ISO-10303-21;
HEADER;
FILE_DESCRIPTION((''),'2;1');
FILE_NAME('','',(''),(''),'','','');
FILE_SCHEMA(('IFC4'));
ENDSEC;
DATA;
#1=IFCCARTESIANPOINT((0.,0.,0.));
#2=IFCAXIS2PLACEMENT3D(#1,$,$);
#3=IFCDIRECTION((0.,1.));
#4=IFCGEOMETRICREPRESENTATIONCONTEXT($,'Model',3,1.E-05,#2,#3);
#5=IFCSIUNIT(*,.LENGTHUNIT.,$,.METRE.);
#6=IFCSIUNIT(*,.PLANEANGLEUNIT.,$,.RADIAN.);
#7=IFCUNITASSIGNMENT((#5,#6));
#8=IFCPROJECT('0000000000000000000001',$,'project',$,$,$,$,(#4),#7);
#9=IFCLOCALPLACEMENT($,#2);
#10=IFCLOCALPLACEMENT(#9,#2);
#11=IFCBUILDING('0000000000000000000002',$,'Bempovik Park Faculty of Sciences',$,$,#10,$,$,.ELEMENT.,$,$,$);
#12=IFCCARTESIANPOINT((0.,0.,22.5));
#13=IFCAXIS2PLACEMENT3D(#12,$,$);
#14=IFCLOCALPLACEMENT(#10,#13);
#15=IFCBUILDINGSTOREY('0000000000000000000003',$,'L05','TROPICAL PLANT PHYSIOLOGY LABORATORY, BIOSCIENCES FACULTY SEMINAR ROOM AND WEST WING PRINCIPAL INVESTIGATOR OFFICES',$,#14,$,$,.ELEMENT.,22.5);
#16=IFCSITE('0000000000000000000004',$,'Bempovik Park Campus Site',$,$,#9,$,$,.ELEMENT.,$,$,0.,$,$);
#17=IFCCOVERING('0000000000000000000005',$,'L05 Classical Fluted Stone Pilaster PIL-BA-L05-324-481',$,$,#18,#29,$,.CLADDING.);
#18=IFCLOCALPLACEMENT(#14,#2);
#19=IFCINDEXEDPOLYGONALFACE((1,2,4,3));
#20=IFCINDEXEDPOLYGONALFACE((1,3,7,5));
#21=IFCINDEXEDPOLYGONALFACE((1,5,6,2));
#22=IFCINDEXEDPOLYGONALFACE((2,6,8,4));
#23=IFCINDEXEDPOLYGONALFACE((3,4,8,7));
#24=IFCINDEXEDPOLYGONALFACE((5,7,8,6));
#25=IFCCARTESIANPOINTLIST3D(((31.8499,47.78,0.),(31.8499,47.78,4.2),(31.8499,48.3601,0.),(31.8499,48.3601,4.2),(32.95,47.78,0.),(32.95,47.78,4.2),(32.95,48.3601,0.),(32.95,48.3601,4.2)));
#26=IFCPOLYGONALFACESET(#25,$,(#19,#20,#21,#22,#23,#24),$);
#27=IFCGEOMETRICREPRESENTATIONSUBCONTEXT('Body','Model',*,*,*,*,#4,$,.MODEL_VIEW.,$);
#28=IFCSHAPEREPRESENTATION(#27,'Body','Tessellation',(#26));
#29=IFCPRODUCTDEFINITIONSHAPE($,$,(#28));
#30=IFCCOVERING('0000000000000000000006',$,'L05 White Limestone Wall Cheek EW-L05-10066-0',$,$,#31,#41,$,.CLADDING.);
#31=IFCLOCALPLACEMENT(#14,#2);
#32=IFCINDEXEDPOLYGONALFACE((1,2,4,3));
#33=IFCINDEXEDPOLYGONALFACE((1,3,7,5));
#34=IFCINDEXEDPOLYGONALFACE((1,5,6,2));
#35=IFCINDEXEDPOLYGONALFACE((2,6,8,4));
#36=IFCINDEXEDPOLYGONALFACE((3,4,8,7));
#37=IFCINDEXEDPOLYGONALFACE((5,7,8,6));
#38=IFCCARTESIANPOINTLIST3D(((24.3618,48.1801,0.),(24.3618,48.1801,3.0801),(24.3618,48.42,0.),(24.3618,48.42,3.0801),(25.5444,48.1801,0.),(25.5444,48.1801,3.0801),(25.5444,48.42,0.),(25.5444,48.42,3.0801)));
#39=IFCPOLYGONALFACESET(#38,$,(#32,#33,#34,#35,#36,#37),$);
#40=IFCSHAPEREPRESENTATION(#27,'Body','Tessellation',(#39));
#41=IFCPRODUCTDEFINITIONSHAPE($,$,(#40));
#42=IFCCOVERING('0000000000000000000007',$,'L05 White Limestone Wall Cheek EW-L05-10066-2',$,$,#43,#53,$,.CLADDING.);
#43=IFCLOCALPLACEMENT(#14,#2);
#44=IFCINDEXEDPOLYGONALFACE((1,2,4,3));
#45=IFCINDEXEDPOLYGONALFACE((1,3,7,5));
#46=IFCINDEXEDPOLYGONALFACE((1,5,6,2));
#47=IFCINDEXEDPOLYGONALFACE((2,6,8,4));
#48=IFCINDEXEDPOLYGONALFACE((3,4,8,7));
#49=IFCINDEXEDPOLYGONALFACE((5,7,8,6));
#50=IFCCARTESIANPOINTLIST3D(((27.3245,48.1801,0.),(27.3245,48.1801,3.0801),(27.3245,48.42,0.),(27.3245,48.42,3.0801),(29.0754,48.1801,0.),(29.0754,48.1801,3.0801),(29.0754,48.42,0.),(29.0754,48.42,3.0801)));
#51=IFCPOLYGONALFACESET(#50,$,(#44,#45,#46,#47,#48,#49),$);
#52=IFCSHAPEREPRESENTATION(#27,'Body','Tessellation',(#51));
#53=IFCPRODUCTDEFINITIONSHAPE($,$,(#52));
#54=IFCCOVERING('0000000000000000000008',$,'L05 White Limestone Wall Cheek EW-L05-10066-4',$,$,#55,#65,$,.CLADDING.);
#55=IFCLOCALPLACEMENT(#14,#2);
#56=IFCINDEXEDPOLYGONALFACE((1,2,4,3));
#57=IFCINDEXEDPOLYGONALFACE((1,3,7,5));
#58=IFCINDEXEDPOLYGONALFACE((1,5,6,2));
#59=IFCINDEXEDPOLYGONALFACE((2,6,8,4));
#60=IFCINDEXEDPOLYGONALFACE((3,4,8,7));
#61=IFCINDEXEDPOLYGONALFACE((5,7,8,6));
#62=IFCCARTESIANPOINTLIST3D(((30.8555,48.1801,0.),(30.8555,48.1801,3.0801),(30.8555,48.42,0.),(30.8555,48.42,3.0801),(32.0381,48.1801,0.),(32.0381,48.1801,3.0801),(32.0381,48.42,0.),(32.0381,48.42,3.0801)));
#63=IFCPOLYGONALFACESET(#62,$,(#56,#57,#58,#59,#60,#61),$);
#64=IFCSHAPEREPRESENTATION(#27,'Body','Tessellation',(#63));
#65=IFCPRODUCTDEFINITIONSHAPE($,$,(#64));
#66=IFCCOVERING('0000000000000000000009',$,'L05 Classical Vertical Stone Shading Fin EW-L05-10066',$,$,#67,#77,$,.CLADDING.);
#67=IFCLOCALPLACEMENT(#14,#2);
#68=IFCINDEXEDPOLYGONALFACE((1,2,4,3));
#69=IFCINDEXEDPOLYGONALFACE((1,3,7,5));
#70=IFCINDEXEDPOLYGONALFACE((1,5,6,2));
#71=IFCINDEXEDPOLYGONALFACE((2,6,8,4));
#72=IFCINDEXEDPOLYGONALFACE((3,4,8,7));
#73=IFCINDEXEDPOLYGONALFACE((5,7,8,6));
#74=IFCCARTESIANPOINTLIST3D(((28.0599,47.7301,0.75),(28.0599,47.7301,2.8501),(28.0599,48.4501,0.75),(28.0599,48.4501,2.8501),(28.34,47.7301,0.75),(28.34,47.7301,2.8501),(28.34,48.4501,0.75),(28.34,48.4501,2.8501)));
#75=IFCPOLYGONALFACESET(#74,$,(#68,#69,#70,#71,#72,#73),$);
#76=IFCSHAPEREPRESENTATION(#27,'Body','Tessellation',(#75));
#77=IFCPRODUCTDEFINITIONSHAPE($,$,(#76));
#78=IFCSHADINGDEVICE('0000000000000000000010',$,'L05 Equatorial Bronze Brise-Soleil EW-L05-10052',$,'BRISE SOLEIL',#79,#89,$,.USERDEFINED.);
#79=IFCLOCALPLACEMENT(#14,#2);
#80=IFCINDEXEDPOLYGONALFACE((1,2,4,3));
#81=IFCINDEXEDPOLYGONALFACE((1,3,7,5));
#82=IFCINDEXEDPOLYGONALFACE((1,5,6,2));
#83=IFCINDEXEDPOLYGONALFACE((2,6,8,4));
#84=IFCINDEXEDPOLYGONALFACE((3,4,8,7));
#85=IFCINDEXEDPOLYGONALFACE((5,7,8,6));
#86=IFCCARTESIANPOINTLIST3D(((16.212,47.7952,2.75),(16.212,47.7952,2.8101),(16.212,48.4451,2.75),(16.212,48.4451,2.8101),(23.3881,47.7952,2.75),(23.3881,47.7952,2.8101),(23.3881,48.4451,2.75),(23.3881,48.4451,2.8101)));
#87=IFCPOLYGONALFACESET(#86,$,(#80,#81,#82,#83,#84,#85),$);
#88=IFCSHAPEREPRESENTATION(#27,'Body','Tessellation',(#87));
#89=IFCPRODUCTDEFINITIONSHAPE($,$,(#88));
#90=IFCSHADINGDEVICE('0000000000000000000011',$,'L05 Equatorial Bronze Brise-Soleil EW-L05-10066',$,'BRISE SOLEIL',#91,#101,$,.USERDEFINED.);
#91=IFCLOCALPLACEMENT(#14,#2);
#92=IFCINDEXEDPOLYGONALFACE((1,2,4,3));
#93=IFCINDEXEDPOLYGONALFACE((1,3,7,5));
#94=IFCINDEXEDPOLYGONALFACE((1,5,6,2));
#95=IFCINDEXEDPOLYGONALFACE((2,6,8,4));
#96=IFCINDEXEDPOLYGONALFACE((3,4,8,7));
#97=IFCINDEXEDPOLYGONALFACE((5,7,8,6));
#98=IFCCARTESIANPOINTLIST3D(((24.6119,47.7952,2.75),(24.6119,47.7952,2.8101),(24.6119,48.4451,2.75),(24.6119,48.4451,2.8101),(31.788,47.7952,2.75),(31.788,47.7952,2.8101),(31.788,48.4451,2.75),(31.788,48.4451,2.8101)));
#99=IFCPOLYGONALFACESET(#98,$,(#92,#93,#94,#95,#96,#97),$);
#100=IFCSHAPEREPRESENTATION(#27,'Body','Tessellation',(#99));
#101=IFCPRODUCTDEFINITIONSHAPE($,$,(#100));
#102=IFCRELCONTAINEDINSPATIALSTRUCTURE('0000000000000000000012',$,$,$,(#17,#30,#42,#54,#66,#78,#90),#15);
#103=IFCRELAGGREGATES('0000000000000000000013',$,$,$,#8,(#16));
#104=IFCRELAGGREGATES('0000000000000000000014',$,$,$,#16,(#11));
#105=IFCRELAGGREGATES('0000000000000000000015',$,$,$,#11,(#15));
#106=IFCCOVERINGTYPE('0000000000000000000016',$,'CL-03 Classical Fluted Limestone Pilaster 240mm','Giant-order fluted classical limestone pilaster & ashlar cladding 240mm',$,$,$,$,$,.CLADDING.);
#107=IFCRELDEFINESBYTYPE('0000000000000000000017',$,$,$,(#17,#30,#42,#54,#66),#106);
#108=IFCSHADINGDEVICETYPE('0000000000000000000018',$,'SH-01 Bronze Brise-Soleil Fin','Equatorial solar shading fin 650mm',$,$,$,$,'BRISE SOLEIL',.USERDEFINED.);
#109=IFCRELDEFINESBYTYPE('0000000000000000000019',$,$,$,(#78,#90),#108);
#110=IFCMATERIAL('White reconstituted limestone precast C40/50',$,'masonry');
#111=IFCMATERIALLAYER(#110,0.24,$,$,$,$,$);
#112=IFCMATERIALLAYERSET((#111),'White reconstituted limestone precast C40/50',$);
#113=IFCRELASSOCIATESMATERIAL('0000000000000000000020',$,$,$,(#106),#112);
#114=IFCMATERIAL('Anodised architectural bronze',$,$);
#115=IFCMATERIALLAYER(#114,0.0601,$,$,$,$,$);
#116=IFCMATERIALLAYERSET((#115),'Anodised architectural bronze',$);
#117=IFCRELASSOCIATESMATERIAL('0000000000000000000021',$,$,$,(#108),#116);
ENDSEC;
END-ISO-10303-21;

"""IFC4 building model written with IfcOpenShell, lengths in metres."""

from ifc_helpers import new_model, si_unit, direction, frame, origin, origin_2d, place, context, subcontext, project, spatial, rectangle, extrude, material, layer, layer_set, type_object, element, save


model = new_model("IFC4")

# Units and contexts
model_context = context("Model", 3, precision=1e-05, world=origin(), true_north=direction((0.0, 1.0)))
body_context = subcontext(model_context, "Body", "Model", "MODEL_VIEW")
ifc_project = project(units=[si_unit("LENGTHUNIT", "METRE"), si_unit("PLANEANGLEUNIT", "RADIAN")], contexts=[model_context])

# Site, building, storey
site_placement = place(None, origin())
site = spatial("IfcSite", under=ifc_project, at=site_placement, Name="Bempovik Park Campus Site", CompositionType="ELEMENT", RefElevation=0.0)
building_placement = place(site_placement, origin())
building = spatial("IfcBuilding", under=site, at=building_placement, Name="Bempovik Park Faculty of Sciences", CompositionType="ELEMENT")
storey_placement = place(building_placement, frame((0.0, 0.0, 22.5)))
storey = spatial("IfcBuildingStorey", under=building, at=storey_placement, Name="L05", Description="TROPICAL PLANT PHYSIOLOGY LABORATORY, BIOSCIENCES FACULTY SEMINAR ROOM AND WEST WING PRINCIPAL INVESTIGATOR OFFICES", CompositionType="ELEMENT", Elevation=22.5)

# Coverings
ifc_material_1 = material(Name="White reconstituted limestone precast C40/50", Category="masonry")
ifc_layer_1 = layer(ifc_material_1, 0.24)
ifc_layer_set_1 = layer_set([ifc_layer_1], Name="White reconstituted limestone precast C40/50")
covering_type = type_object("IfcCoveringType", Name="CL-03 Classical Fluted Limestone Pilaster 240mm", Description="Giant-order fluted classical limestone pilaster & ashlar cladding 240mm", PredefinedType="CLADDING", material=ifc_layer_set_1)
covering_1_placement = place(storey_placement, frame((32.3999, 48.0701, 0.0), z_axis=(0.0, 0.0, 1.0), x_axis=(1.0, 0.0, 0.0)))
element("IfcCovering", 1, at=covering_1_placement, inside=storey, type_object=covering_type, Name="L05 Classical Fluted Stone Pilaster PIL-BA-L05-324-481", PredefinedType="CLADDING", context=body_context, shape_type="SweptSolid", body=[
    extrude(rectangle(XDim=1.1001, YDim=0.5801, at=origin_2d()), origin(), (0.0, 0.0, 1.0), 4.2),
])
covering_2_placement = place(storey_placement, frame((24.9531, 48.3, 0.0), z_axis=(0.0, 0.0, 1.0), x_axis=(1.0, 0.0, 0.0)))
element("IfcCovering", 2, at=covering_2_placement, inside=storey, type_object=covering_type, Name="L05 White Limestone Wall Cheek EW-L05-10066-0", PredefinedType="CLADDING", context=body_context, shape_type="SweptSolid", body=[
    extrude(rectangle(XDim=1.1826, YDim=0.24, at=origin_2d()), origin(), (0.0, 0.0, 1.0), 3.0801),
])
covering_3_placement = place(storey_placement, frame((28.2, 48.3, 0.0), z_axis=(0.0, 0.0, 1.0), x_axis=(1.0, 0.0, 0.0)))
element("IfcCovering", 3, at=covering_3_placement, inside=storey, type_object=covering_type, Name="L05 White Limestone Wall Cheek EW-L05-10066-2", PredefinedType="CLADDING", context=body_context, shape_type="SweptSolid", body=[
    extrude(rectangle(XDim=1.751, YDim=0.24, at=origin_2d()), origin(), (0.0, 0.0, 1.0), 3.0801),
])
covering_4_placement = place(storey_placement, frame((31.4468, 48.3, 0.0), z_axis=(0.0, 0.0, 1.0), x_axis=(1.0, 0.0, 0.0)))
element("IfcCovering", 4, at=covering_4_placement, inside=storey, type_object=covering_type, Name="L05 White Limestone Wall Cheek EW-L05-10066-4", PredefinedType="CLADDING", context=body_context, shape_type="SweptSolid", body=[
    extrude(rectangle(XDim=1.1826, YDim=0.24, at=origin_2d()), origin(), (0.0, 0.0, 1.0), 3.0801),
])
covering_5_placement = place(storey_placement, frame((28.2, 48.0901, 0.75), z_axis=(0.0, 0.0, 1.0), x_axis=(1.0, 0.0, 0.0)))
element("IfcCovering", 5, at=covering_5_placement, inside=storey, type_object=covering_type, Name="L05 Classical Vertical Stone Shading Fin EW-L05-10066", PredefinedType="CLADDING", context=body_context, shape_type="SweptSolid", body=[
    extrude(rectangle(XDim=0.28, YDim=0.72, at=origin_2d()), origin(), (0.0, 0.0, 1.0), 2.1001),
])

# Shading devices
ifc_material_2 = material(Name="Anodised architectural bronze")
ifc_layer_2 = layer(ifc_material_2, 0.0601)
ifc_layer_set_2 = layer_set([ifc_layer_2], Name="Anodised architectural bronze")
shading_device_type = type_object("IfcShadingDeviceType", Name="SH-01 Bronze Brise-Soleil Fin", Description="Equatorial solar shading fin 650mm", ElementType="BRISE SOLEIL", PredefinedType="USERDEFINED", material=ifc_layer_set_2)
for number, where, z_axis, x_axis, name in (
    (6, (19.8, 48.1201, 2.75), (0.0, 0.0, 1.0), (1.0, 0.0, 0.0), "L05 Equatorial Bronze Brise-Soleil EW-L05-10052"),
    (7, (28.2, 48.1201, 2.75), (0.0, 0.0, 1.0), (1.0, 0.0, 0.0), "L05 Equatorial Bronze Brise-Soleil EW-L05-10066"),
):
    element("IfcShadingDevice", number, at=place(storey_placement, frame(where, z_axis=z_axis, x_axis=x_axis)), inside=storey, type_object=shading_device_type, Name=name, ObjectType="BRISE SOLEIL", PredefinedType="USERDEFINED", context=body_context, shape_type="SweptSolid", body=[
        extrude(rectangle(XDim=7.176, YDim=0.6499, at=origin_2d()), origin(), (0.0, 0.0, 1.0), 0.0601),
    ])

save(model, "model.ifc")
